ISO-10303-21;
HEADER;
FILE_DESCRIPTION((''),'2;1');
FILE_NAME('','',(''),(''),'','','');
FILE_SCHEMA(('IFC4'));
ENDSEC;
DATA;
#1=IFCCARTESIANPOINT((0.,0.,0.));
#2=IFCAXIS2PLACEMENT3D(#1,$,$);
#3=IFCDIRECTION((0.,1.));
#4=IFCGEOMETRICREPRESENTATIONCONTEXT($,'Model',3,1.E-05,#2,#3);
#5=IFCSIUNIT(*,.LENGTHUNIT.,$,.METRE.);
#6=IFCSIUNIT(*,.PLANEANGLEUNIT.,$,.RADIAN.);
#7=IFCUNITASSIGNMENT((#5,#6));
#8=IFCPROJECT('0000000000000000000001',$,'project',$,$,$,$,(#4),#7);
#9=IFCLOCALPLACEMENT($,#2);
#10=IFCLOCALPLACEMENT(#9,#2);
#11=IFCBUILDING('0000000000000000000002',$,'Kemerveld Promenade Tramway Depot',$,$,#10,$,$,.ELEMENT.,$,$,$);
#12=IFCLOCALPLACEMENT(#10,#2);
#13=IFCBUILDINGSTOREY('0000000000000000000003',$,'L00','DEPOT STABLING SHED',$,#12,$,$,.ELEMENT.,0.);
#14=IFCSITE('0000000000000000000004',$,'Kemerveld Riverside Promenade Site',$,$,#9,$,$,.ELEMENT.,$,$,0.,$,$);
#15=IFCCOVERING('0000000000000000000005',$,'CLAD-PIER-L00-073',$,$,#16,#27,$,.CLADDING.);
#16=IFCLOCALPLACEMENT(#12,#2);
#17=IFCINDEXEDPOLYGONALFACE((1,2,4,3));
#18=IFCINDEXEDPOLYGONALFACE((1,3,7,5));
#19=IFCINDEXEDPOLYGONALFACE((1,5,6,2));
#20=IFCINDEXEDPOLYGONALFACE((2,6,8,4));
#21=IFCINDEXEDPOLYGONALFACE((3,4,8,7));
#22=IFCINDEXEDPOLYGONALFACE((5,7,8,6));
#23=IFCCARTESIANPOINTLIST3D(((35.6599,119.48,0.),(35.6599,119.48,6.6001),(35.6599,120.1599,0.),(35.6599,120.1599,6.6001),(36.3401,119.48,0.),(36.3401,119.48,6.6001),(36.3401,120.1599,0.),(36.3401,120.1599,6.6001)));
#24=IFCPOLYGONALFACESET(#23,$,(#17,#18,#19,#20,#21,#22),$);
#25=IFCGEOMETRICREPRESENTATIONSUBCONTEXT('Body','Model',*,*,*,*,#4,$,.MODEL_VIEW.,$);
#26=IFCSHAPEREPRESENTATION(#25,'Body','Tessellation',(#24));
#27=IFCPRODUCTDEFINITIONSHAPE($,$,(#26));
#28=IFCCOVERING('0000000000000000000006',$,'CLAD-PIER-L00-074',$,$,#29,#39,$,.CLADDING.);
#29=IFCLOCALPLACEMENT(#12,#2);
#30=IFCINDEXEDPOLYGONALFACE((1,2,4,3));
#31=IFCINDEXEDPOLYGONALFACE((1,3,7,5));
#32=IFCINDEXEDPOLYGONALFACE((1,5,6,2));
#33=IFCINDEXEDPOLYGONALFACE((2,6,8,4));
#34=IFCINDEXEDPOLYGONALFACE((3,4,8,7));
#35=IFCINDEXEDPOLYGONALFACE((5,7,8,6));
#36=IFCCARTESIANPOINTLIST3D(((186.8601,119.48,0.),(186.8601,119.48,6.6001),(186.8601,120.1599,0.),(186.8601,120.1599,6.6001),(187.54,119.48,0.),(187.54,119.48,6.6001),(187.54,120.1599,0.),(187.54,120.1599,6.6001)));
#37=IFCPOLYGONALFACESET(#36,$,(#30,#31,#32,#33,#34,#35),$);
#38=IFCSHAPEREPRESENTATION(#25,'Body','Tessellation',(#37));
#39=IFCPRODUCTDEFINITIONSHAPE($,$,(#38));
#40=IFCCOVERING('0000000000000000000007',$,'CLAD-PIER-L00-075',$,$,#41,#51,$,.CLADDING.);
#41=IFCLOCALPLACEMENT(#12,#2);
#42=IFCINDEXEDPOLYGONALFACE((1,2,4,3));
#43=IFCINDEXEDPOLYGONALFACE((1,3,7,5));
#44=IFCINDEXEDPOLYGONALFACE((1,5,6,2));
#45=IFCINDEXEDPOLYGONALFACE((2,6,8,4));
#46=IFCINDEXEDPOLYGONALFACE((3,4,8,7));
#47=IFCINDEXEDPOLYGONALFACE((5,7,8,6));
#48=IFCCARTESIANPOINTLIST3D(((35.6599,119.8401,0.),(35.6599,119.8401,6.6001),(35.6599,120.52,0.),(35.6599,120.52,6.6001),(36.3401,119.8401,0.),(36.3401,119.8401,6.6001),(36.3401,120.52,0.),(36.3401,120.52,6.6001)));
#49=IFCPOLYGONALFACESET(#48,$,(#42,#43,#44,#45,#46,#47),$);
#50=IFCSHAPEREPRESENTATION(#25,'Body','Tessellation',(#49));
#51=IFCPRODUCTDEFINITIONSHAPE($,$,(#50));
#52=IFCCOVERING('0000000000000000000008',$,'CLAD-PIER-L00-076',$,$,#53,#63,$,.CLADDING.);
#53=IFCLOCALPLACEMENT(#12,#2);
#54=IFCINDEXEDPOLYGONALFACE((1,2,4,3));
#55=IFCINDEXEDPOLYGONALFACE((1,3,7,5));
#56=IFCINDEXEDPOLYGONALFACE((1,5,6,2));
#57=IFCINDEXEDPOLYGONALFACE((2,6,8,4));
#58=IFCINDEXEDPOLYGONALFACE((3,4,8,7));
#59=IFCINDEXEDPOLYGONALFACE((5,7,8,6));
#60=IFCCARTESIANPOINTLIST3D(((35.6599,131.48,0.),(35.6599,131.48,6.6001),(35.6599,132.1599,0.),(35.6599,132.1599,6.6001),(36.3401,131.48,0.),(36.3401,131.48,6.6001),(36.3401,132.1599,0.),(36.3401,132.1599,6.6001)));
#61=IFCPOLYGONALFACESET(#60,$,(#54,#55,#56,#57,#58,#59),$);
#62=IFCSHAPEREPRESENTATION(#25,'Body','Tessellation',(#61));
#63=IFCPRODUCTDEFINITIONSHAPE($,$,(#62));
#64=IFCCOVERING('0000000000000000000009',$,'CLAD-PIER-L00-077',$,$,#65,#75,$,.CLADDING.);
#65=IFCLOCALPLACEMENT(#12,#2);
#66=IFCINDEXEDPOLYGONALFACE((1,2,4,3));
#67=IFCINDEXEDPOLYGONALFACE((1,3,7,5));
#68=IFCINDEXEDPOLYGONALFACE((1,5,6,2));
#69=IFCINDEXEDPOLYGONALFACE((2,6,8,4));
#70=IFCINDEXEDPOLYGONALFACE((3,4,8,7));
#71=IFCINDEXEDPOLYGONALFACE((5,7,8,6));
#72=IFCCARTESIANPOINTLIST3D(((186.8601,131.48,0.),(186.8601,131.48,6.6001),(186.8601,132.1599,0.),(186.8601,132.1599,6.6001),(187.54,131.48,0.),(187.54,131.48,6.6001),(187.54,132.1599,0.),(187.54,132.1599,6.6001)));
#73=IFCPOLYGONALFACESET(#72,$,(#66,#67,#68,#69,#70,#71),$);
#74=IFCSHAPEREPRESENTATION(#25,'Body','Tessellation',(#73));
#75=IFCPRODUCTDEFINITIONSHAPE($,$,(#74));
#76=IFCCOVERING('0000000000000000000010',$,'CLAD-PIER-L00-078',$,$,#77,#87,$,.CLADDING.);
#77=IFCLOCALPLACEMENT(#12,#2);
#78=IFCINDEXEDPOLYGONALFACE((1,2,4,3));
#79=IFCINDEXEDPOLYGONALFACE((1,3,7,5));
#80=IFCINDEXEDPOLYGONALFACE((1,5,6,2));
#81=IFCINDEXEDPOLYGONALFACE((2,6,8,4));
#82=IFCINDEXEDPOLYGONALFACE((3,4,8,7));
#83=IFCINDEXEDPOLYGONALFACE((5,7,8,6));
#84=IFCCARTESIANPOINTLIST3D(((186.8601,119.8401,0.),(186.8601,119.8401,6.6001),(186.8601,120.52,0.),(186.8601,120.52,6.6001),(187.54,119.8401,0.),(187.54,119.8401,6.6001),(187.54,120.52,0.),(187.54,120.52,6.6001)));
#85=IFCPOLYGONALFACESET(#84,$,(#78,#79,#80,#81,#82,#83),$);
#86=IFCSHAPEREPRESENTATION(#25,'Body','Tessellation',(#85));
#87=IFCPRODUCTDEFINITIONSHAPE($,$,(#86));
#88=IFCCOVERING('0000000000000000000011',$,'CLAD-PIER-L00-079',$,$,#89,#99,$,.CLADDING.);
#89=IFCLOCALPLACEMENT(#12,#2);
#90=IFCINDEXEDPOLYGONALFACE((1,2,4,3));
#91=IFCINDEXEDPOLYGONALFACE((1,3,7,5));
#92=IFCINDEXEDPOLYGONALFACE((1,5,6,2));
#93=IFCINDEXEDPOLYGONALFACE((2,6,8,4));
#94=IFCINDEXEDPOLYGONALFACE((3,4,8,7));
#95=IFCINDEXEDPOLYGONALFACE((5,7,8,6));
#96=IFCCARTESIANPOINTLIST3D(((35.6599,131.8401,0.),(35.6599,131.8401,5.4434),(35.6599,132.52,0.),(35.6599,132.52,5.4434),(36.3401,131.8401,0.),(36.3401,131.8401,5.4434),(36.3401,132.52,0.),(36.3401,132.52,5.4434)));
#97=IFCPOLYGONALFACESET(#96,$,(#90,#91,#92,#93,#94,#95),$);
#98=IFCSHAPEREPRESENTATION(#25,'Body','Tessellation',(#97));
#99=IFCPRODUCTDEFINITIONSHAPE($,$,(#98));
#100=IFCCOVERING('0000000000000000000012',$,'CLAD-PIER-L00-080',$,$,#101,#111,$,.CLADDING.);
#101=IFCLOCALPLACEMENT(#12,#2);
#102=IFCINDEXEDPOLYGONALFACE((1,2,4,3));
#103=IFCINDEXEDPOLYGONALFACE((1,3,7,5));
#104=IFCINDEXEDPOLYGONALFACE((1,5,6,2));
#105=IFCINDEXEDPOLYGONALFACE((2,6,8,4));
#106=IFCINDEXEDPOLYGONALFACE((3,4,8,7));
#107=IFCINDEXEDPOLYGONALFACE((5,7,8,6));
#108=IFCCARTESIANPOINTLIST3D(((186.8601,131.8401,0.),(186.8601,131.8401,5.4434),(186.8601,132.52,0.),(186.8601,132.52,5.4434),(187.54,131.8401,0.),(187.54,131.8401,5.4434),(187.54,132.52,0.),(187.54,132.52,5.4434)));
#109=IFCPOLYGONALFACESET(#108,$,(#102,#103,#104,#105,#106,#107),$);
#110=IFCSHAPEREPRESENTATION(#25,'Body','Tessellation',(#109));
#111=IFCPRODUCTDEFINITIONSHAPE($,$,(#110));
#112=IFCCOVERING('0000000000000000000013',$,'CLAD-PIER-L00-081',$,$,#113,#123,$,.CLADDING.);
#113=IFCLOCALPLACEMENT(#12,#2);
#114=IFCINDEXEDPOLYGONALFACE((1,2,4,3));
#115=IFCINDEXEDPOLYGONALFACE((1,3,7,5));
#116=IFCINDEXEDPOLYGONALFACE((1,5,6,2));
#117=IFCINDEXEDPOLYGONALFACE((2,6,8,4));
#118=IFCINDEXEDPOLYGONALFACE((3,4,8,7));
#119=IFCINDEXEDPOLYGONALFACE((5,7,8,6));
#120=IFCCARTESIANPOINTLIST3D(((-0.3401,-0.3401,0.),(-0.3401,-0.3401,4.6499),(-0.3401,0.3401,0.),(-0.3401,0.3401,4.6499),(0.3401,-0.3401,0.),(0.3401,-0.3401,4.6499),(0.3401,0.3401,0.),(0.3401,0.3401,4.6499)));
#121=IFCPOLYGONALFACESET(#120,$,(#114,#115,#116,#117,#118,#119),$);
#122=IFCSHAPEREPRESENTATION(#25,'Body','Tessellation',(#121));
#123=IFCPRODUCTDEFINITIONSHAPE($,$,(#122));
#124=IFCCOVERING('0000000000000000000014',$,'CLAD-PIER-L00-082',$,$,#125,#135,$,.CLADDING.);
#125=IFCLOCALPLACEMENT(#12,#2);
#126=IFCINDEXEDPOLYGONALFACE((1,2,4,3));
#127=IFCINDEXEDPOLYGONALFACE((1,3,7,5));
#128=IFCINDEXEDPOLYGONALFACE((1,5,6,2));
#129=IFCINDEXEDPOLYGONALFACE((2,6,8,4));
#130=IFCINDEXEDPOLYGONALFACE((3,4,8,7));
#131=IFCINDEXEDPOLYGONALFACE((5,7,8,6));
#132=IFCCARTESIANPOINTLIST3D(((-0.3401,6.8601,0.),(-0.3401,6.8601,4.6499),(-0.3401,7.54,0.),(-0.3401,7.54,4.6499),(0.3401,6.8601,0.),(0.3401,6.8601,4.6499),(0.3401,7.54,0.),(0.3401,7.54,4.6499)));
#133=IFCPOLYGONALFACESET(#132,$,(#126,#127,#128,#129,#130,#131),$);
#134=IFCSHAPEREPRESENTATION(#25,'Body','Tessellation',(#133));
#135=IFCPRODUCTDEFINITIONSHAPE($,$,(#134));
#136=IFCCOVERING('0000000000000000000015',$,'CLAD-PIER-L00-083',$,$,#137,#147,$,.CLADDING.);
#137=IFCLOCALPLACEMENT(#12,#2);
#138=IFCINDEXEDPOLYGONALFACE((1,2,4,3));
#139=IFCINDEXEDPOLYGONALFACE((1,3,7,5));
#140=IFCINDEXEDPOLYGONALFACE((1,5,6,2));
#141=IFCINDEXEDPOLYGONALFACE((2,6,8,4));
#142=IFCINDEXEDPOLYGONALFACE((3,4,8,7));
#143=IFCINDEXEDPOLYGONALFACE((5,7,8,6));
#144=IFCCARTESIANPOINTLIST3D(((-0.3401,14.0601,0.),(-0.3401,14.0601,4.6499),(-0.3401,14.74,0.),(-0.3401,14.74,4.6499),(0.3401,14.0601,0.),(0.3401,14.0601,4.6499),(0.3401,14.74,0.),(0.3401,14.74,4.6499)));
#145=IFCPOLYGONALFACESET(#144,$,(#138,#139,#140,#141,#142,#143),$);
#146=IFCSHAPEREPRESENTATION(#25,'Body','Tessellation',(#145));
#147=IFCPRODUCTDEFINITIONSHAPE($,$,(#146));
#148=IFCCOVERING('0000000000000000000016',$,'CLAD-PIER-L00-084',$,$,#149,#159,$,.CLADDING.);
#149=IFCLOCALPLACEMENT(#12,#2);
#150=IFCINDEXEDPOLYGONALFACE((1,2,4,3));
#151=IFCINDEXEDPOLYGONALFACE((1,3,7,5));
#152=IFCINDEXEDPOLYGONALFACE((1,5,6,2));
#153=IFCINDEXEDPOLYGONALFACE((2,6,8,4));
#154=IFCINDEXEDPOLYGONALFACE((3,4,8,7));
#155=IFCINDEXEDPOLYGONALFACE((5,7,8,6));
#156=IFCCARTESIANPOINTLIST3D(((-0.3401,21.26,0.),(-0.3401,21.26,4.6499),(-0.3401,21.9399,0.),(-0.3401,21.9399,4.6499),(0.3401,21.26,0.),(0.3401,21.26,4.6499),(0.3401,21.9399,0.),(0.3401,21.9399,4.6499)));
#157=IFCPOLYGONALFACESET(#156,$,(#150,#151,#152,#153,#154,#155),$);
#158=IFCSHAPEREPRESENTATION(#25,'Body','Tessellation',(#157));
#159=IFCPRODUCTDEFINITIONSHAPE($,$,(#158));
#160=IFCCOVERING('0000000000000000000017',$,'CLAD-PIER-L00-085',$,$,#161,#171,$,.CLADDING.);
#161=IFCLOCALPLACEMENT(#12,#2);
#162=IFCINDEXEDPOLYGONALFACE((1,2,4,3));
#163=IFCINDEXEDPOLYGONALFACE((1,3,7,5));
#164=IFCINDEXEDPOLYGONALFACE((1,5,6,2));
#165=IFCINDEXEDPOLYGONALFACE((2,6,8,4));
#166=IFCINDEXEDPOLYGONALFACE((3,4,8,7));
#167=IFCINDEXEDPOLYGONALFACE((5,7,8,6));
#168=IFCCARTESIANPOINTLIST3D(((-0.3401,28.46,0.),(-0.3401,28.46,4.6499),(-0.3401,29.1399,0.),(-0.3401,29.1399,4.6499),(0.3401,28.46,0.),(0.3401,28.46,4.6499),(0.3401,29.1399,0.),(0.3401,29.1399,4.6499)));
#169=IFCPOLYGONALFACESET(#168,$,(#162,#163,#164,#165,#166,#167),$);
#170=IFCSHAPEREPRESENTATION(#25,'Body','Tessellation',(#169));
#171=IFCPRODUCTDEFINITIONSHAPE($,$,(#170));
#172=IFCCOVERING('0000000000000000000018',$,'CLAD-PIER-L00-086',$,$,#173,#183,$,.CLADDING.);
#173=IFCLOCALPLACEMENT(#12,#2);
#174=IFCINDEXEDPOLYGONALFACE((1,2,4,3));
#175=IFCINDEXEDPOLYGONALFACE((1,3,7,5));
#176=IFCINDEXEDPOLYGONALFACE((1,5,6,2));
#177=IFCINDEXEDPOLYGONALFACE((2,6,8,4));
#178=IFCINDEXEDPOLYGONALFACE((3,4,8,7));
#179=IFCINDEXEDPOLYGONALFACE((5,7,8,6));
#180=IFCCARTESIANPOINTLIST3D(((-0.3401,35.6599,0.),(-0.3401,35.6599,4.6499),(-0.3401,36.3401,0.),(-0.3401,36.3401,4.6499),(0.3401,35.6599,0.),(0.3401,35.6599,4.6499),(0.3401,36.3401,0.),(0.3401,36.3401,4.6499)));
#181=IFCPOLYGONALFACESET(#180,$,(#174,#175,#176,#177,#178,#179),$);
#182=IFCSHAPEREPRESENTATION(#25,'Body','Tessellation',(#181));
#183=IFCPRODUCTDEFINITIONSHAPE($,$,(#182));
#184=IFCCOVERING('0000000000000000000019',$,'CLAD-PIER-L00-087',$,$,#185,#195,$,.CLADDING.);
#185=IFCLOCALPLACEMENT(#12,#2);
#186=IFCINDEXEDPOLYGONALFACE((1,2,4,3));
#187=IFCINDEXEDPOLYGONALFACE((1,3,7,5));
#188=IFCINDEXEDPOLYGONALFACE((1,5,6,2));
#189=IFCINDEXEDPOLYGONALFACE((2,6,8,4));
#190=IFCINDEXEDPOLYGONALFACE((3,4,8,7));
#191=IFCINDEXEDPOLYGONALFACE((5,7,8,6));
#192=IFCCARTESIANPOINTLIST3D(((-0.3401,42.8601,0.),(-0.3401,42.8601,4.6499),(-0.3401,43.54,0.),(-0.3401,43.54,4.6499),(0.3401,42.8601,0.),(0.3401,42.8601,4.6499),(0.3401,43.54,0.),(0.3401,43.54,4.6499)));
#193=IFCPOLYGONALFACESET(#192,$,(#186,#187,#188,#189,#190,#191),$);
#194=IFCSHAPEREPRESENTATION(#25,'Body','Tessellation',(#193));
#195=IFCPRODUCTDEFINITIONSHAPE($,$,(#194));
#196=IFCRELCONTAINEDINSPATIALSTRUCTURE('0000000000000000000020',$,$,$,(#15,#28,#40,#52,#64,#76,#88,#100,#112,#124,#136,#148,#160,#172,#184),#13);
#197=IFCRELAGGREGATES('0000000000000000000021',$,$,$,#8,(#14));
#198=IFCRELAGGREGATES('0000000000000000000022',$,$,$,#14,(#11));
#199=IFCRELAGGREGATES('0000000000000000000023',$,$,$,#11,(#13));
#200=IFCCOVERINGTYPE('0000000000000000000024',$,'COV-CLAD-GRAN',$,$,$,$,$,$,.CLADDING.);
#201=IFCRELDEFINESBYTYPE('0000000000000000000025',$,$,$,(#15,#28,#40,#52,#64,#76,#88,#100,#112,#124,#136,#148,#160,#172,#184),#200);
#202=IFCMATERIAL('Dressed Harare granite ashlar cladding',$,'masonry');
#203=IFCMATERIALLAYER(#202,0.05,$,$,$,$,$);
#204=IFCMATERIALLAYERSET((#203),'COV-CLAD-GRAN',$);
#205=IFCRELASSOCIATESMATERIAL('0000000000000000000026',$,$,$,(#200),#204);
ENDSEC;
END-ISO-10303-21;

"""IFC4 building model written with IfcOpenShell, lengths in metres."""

from ifc_helpers import new_model, si_unit, direction, origin, place, context, subcontext, project, spatial, polyline, outline, extrude, material, layer, layer_set, type_object, element, save


model = new_model("IFC4")

# Units and contexts
model_context = context("Model", 3, precision=1e-05, world=origin(), true_north=direction((0.0, 1.0)))
body_context = subcontext(model_context, "Body", "Model", "MODEL_VIEW")
ifc_project = project(units=[si_unit("LENGTHUNIT", "METRE"), si_unit("PLANEANGLEUNIT", "RADIAN")], contexts=[model_context])

# Site, building, storey
site_placement = place(None, origin())
site = spatial("IfcSite", under=ifc_project, at=site_placement, Name="Kemerveld Riverside Promenade Site", CompositionType="ELEMENT", RefElevation=0.0)
building_placement = place(site_placement, origin())
building = spatial("IfcBuilding", under=site, at=building_placement, Name="Kemerveld Promenade Tramway Depot", CompositionType="ELEMENT")
storey_placement = place(building_placement, origin())
storey = spatial("IfcBuildingStorey", under=building, at=storey_placement, Name="L00", Description="DEPOT STABLING SHED", CompositionType="ELEMENT", Elevation=0.0)

# Coverings
ifc_material_1 = material(Name="Dressed Harare granite ashlar cladding", Category="masonry")
ifc_layer = layer(ifc_material_1, 0.05)
ifc_layer_set = layer_set([ifc_layer], Name="COV-CLAD-GRAN")
covering_type = type_object("IfcCoveringType", Name="COV-CLAD-GRAN", PredefinedType="CLADDING", material=ifc_layer_set)
covering_1_placement = place(storey_placement, origin())
element("IfcCovering", 1, at=covering_1_placement, inside=storey, type_object=covering_type, Name="CLAD-PIER-L00-073", PredefinedType="CLADDING", context=body_context, shape_type="SweptSolid", body=[
    extrude(outline(polyline([(35.6599, 119.48), (36.3401, 119.48), (36.3401, 120.1599), (35.6599, 120.1599), (35.6599, 119.48)])), origin(), (0.0, 0.0, 1.0), 6.6001),
])
covering_2_placement = place(storey_placement, origin())
element("IfcCovering", 2, at=covering_2_placement, inside=storey, type_object=covering_type, Name="CLAD-PIER-L00-074", PredefinedType="CLADDING", context=body_context, shape_type="SweptSolid", body=[
    extrude(outline(polyline([(186.8601, 119.48), (187.54, 119.48), (187.54, 120.1599), (186.8601, 120.1599), (186.8601, 119.48)])), origin(), (0.0, 0.0, 1.0), 6.6001),
])
covering_3_placement = place(storey_placement, origin())
element("IfcCovering", 3, at=covering_3_placement, inside=storey, type_object=covering_type, Name="CLAD-PIER-L00-075", PredefinedType="CLADDING", context=body_context, shape_type="SweptSolid", body=[
    extrude(outline(polyline([(35.6599, 119.8401), (36.3401, 119.8401), (36.3401, 120.52), (35.6599, 120.52), (35.6599, 119.8401)])), origin(), (0.0, 0.0, 1.0), 6.6001),
])
covering_4_placement = place(storey_placement, origin())
element("IfcCovering", 4, at=covering_4_placement, inside=storey, type_object=covering_type, Name="CLAD-PIER-L00-076", PredefinedType="CLADDING", context=body_context, shape_type="SweptSolid", body=[
    extrude(outline(polyline([(35.6599, 131.48), (36.3401, 131.48), (36.3401, 132.1599), (35.6599, 132.1599), (35.6599, 131.48)])), origin(), (0.0, 0.0, 1.0), 6.6001),
])
covering_5_placement = place(storey_placement, origin())
element("IfcCovering", 5, at=covering_5_placement, inside=storey, type_object=covering_type, Name="CLAD-PIER-L00-077", PredefinedType="CLADDING", context=body_context, shape_type="SweptSolid", body=[
    extrude(outline(polyline([(186.8601, 131.48), (187.54, 131.48), (187.54, 132.1599), (186.8601, 132.1599), (186.8601, 131.48)])), origin(), (0.0, 0.0, 1.0), 6.6001),
])
covering_6_placement = place(storey_placement, origin())
element("IfcCovering", 6, at=covering_6_placement, inside=storey, type_object=covering_type, Name="CLAD-PIER-L00-078", PredefinedType="CLADDING", context=body_context, shape_type="SweptSolid", body=[
    extrude(outline(polyline([(186.8601, 119.8401), (187.54, 119.8401), (187.54, 120.52), (186.8601, 120.52), (186.8601, 119.8401)])), origin(), (0.0, 0.0, 1.0), 6.6001),
])
covering_7_placement = place(storey_placement, origin())
element("IfcCovering", 7, at=covering_7_placement, inside=storey, type_object=covering_type, Name="CLAD-PIER-L00-079", PredefinedType="CLADDING", context=body_context, shape_type="SweptSolid", body=[
    extrude(outline(polyline([(35.6599, 131.8401), (36.3401, 131.8401), (36.3401, 132.52), (35.6599, 132.52), (35.6599, 131.8401)])), origin(), (0.0, 0.0, 1.0), 5.4434),
])
covering_8_placement = place(storey_placement, origin())
element("IfcCovering", 8, at=covering_8_placement, inside=storey, type_object=covering_type, Name="CLAD-PIER-L00-080", PredefinedType="CLADDING", context=body_context, shape_type="SweptSolid", body=[
    extrude(outline(polyline([(186.8601, 131.8401), (187.54, 131.8401), (187.54, 132.52), (186.8601, 132.52), (186.8601, 131.8401)])), origin(), (0.0, 0.0, 1.0), 5.4434),
])
covering_9_placement = place(storey_placement, origin())
element("IfcCovering", 9, at=covering_9_placement, inside=storey, type_object=covering_type, Name="CLAD-PIER-L00-081", PredefinedType="CLADDING", context=body_context, shape_type="SweptSolid", body=[
    extrude(outline(polyline([(-0.3401, -0.3401), (0.3401, -0.3401), (0.3401, 0.3401), (-0.3401, 0.3401), (-0.3401, -0.3401)])), origin(), (0.0, 0.0, 1.0), 4.6499),
])
covering_10_placement = place(storey_placement, origin())
element("IfcCovering", 10, at=covering_10_placement, inside=storey, type_object=covering_type, Name="CLAD-PIER-L00-082", PredefinedType="CLADDING", context=body_context, shape_type="SweptSolid", body=[
    extrude(outline(polyline([(-0.3401, 6.8601), (0.3401, 6.8601), (0.3401, 7.54), (-0.3401, 7.54), (-0.3401, 6.8601)])), origin(), (0.0, 0.0, 1.0), 4.6499),
])
covering_11_placement = place(storey_placement, origin())
element("IfcCovering", 11, at=covering_11_placement, inside=storey, type_object=covering_type, Name="CLAD-PIER-L00-083", PredefinedType="CLADDING", context=body_context, shape_type="SweptSolid", body=[
    extrude(outline(polyline([(-0.3401, 14.0601), (0.3401, 14.0601), (0.3401, 14.74), (-0.3401, 14.74), (-0.3401, 14.0601)])), origin(), (0.0, 0.0, 1.0), 4.6499),
])
covering_12_placement = place(storey_placement, origin())
element("IfcCovering", 12, at=covering_12_placement, inside=storey, type_object=covering_type, Name="CLAD-PIER-L00-084", PredefinedType="CLADDING", context=body_context, shape_type="SweptSolid", body=[
    extrude(outline(polyline([(-0.3401, 21.26), (0.3401, 21.26), (0.3401, 21.9399), (-0.3401, 21.9399), (-0.3401, 21.26)])), origin(), (0.0, 0.0, 1.0), 4.6499),
])
covering_13_placement = place(storey_placement, origin())
element("IfcCovering", 13, at=covering_13_placement, inside=storey, type_object=covering_type, Name="CLAD-PIER-L00-085", PredefinedType="CLADDING", context=body_context, shape_type="SweptSolid", body=[
    extrude(outline(polyline([(-0.3401, 28.46), (0.3401, 28.46), (0.3401, 29.1399), (-0.3401, 29.1399), (-0.3401, 28.46)])), origin(), (0.0, 0.0, 1.0), 4.6499),
])
covering_14_placement = place(storey_placement, origin())
element("IfcCovering", 14, at=covering_14_placement, inside=storey, type_object=covering_type, Name="CLAD-PIER-L00-086", PredefinedType="CLADDING", context=body_context, shape_type="SweptSolid", body=[
    extrude(outline(polyline([(-0.3401, 35.6599), (0.3401, 35.6599), (0.3401, 36.3401), (-0.3401, 36.3401), (-0.3401, 35.6599)])), origin(), (0.0, 0.0, 1.0), 4.6499),
])
covering_15_placement = place(storey_placement, origin())
element("IfcCovering", 15, at=covering_15_placement, inside=storey, type_object=covering_type, Name="CLAD-PIER-L00-087", PredefinedType="CLADDING", context=body_context, shape_type="SweptSolid", body=[
    extrude(outline(polyline([(-0.3401, 42.8601), (0.3401, 42.8601), (0.3401, 43.54), (-0.3401, 43.54), (-0.3401, 42.8601)])), origin(), (0.0, 0.0, 1.0), 4.6499),
])

save(model, "model.ifc")
